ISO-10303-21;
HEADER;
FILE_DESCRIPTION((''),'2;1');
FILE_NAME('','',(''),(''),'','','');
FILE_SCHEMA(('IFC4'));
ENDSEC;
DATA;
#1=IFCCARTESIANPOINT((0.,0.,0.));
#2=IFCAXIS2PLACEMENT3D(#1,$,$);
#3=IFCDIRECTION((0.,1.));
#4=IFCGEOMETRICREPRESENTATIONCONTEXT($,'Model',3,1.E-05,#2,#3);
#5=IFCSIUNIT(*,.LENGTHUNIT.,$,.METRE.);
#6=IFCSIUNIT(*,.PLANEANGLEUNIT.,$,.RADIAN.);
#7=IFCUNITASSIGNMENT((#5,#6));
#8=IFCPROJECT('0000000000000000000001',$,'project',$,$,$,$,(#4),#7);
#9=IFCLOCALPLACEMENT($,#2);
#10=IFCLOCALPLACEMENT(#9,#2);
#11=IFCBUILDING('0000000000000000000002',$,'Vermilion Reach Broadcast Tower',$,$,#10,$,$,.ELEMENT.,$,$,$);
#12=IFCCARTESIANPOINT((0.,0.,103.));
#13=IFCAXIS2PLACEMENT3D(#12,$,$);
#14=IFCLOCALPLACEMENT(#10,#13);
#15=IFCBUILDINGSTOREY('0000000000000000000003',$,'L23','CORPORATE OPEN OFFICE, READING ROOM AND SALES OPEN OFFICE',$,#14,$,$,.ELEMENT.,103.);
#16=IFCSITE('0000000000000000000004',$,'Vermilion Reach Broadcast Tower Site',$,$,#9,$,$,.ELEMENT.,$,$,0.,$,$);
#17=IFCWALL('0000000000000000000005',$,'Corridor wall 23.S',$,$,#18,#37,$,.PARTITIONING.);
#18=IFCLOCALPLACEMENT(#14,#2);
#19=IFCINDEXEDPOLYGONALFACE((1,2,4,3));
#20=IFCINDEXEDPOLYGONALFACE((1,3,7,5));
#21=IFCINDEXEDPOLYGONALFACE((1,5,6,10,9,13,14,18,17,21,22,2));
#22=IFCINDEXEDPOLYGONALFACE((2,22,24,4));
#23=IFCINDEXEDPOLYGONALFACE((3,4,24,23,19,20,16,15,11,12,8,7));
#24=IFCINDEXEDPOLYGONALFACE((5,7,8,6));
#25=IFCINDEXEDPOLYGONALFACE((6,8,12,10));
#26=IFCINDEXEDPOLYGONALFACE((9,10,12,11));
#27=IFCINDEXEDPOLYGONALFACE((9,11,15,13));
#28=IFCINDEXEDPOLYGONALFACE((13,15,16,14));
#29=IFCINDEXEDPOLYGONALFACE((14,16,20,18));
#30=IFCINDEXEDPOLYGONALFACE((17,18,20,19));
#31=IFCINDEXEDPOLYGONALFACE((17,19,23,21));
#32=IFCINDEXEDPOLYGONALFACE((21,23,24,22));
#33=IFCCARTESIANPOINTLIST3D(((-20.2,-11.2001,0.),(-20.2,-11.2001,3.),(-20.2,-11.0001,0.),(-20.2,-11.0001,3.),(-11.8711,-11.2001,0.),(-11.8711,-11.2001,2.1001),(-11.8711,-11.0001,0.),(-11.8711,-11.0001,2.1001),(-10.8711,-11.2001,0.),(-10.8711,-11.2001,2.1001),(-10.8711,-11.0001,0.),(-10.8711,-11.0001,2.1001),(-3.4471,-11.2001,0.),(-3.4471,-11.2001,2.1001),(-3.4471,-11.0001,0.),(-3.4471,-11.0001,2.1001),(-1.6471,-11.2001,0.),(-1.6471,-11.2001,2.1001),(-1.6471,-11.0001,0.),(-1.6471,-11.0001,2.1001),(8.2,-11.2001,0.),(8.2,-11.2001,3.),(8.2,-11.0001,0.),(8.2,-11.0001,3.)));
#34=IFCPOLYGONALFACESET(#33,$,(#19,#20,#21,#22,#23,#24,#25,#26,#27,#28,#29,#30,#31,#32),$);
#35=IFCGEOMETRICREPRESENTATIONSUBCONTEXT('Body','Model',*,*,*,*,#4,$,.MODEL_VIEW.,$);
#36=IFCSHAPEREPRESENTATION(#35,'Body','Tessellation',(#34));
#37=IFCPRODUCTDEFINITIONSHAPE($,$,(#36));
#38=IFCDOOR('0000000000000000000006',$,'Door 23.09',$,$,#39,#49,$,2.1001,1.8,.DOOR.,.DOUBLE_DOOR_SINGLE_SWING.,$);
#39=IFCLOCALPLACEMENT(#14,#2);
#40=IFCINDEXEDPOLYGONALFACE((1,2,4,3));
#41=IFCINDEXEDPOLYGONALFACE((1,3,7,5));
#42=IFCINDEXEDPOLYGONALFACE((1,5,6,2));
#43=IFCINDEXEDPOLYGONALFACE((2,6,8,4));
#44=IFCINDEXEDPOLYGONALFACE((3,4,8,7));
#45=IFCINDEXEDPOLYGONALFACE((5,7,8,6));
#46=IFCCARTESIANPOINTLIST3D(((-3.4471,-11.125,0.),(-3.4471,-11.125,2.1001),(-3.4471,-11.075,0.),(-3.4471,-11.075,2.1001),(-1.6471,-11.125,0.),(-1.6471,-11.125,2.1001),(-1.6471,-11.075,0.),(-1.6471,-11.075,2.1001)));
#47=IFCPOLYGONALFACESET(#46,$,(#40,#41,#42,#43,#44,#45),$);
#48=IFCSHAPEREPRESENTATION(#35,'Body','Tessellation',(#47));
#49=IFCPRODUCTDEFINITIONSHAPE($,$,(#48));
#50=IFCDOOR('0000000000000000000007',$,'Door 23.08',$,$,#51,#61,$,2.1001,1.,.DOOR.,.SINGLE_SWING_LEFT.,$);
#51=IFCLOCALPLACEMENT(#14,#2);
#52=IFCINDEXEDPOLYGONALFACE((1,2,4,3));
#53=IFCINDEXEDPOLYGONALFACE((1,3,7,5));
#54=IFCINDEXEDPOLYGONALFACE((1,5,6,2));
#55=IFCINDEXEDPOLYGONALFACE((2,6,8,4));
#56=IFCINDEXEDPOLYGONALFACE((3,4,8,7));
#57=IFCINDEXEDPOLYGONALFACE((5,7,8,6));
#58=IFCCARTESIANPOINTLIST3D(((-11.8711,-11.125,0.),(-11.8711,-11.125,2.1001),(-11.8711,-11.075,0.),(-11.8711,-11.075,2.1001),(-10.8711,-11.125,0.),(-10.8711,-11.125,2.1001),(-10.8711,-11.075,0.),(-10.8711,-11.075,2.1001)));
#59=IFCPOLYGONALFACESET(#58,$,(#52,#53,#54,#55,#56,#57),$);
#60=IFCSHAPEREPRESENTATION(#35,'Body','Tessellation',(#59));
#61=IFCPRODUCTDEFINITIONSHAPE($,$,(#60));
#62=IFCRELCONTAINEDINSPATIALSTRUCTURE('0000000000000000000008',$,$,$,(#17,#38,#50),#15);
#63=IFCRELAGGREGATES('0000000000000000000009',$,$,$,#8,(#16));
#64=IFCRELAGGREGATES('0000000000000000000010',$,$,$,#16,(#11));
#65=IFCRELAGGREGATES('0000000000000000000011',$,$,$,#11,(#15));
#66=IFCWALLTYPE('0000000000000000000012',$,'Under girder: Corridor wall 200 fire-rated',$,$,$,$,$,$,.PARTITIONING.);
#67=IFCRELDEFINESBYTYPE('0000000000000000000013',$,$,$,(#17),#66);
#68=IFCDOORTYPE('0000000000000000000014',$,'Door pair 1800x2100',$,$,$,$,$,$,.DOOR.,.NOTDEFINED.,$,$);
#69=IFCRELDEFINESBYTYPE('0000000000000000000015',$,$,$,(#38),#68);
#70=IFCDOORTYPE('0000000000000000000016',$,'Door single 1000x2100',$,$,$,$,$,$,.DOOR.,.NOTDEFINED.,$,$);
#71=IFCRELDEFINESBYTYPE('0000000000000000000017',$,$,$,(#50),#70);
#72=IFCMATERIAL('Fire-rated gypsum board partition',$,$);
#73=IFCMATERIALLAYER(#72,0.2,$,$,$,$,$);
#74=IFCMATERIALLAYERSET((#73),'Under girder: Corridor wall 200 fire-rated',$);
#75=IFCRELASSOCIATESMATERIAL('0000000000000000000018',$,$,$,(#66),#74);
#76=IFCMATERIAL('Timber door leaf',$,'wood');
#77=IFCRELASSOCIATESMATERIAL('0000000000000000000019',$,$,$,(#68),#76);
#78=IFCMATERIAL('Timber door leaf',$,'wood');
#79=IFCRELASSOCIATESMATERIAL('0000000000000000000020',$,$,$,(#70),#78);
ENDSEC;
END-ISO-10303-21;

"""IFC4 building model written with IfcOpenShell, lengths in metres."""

from ifc_helpers import new_model, si_unit, direction, frame, frame_2d, origin, place, context, subcontext, project, spatial, rectangle, extrude, material, layer, layer_set, type_object, element, fill, save


model = new_model("IFC4")

# Units and contexts
model_context = context("Model", 3, precision=1e-05, world=origin(), true_north=direction((0.0, 1.0)))
body_context = subcontext(model_context, "Body", "Model", "MODEL_VIEW")
ifc_project = project(units=[si_unit("LENGTHUNIT", "METRE"), si_unit("PLANEANGLEUNIT", "RADIAN")], contexts=[model_context])

# Site, building, storey
site_placement = place(None, origin())
site = spatial("IfcSite", under=ifc_project, at=site_placement, Name="Vermilion Reach Broadcast Tower Site", CompositionType="ELEMENT", RefElevation=0.0)
building_placement = place(site_placement, origin())
building = spatial("IfcBuilding", under=site, at=building_placement, Name="Vermilion Reach Broadcast Tower", CompositionType="ELEMENT")
storey_placement = place(building_placement, frame((0.0, 0.0, 103.0)))
storey = spatial("IfcBuildingStorey", under=building, at=storey_placement, Name="L23", Description="CORPORATE OPEN OFFICE, READING ROOM AND SALES OPEN OFFICE", CompositionType="ELEMENT", Elevation=103.0)

# Wall, openings, doors
ifc_material_1 = material(Name="Fire-rated gypsum board partition")
ifc_layer_1 = layer(ifc_material_1, 0.2)
ifc_layer_set_1 = layer_set([ifc_layer_1], Name="Under girder: Corridor wall 200 fire-rated")
wall_type_1 = type_object("IfcWallType", Name="Under girder: Corridor wall 200 fire-rated", PredefinedType="PARTITIONING", material=ifc_layer_set_1)
wall_1_placement = place(storey_placement, frame((8.2, -11.1001, 0.0), z_axis=(0.0, 0.0, 1.0), x_axis=(-1.0, 0.0, 0.0)))
wall_1 = element("IfcWall", 1, at=wall_1_placement, inside=storey, type_object=wall_type_1, Name="Corridor wall 23.S", PredefinedType="PARTITIONING", context=body_context, shape_type="SweptSolid", body=[
    extrude(rectangle(XDim=28.3999, YDim=0.2, at=frame_2d((14.2, 0.0))), origin(), (0.0, 0.0, 1.0), 3.0),
])
opening_1_placement = place(wall_1_placement, frame((19.071, 0.0, 0.0)))
opening_1 = element("IfcOpeningElement", 2, at=opening_1_placement, cuts=wall_1, PredefinedType="OPENING", context=body_context, shape_type="SweptSolid", body=[
    extrude(rectangle(XDim=1.0, YDim=2.1001, at=frame_2d((0.5, 1.05))), frame((0.0, 0.1099, 0.0), z_axis=(0.0, -1.0, 0.0), x_axis=(1.0, 0.0, 0.0)), (0.0, 0.0, 1.0), 0.22),
])
opening_2_placement = place(wall_1_placement, frame((9.8472, 0.0, 0.0)))
opening_2 = element("IfcOpeningElement", 3, at=opening_2_placement, cuts=wall_1, PredefinedType="OPENING", context=body_context, shape_type="SweptSolid", body=[
    extrude(rectangle(XDim=1.8, YDim=2.1001, at=frame_2d((0.8999, 1.05))), frame((0.0, 0.1099, 0.0), z_axis=(0.0, -1.0, 0.0), x_axis=(1.0, 0.0, 0.0)), (0.0, 0.0, 1.0), 0.22),
])
ifc_material_2 = material(Name="Timber door leaf", Category="wood")
door_type_1 = type_object("IfcDoorType", Name="Door pair 1800x2100", OperationType="NOTDEFINED", PredefinedType="DOOR", material=ifc_material_2)
door_1_placement = place(opening_2_placement, origin())
door_1 = element("IfcDoor", 4, at=door_1_placement, inside=storey, type_object=door_type_1, Name="Door 23.09", OperationType="DOUBLE_DOOR_SINGLE_SWING", OverallHeight=2.1001, OverallWidth=1.8, PredefinedType="DOOR", context=body_context, shape_type="SweptSolid", body=[
    extrude(rectangle(XDim=1.8, YDim=2.1001, at=frame_2d((0.8999, 1.05))), frame((0.0, 0.0249, 0.0), z_axis=(0.0, -1.0, 0.0), x_axis=(1.0, 0.0, 0.0)), (0.0, 0.0, 1.0), 0.05),
])
fill(opening_2, door_1)
ifc_material_3 = material(Name="Timber door leaf", Category="wood")
door_type_2 = type_object("IfcDoorType", Name="Door single 1000x2100", OperationType="NOTDEFINED", PredefinedType="DOOR", material=ifc_material_3)
door_2_placement = place(opening_1_placement, origin())
door_2 = element("IfcDoor", 5, at=door_2_placement, inside=storey, type_object=door_type_2, Name="Door 23.08", OperationType="SINGLE_SWING_LEFT", OverallHeight=2.1001, OverallWidth=1.0, PredefinedType="DOOR", context=body_context, shape_type="SweptSolid", body=[
    extrude(rectangle(XDim=1.0, YDim=2.1001, at=frame_2d((0.5, 1.05))), frame((0.0, 0.0249, 0.0), z_axis=(0.0, -1.0, 0.0), x_axis=(1.0, 0.0, 0.0)), (0.0, 0.0, 1.0), 0.05),
])
fill(opening_1, door_2)

save(model, "model.ifc")
